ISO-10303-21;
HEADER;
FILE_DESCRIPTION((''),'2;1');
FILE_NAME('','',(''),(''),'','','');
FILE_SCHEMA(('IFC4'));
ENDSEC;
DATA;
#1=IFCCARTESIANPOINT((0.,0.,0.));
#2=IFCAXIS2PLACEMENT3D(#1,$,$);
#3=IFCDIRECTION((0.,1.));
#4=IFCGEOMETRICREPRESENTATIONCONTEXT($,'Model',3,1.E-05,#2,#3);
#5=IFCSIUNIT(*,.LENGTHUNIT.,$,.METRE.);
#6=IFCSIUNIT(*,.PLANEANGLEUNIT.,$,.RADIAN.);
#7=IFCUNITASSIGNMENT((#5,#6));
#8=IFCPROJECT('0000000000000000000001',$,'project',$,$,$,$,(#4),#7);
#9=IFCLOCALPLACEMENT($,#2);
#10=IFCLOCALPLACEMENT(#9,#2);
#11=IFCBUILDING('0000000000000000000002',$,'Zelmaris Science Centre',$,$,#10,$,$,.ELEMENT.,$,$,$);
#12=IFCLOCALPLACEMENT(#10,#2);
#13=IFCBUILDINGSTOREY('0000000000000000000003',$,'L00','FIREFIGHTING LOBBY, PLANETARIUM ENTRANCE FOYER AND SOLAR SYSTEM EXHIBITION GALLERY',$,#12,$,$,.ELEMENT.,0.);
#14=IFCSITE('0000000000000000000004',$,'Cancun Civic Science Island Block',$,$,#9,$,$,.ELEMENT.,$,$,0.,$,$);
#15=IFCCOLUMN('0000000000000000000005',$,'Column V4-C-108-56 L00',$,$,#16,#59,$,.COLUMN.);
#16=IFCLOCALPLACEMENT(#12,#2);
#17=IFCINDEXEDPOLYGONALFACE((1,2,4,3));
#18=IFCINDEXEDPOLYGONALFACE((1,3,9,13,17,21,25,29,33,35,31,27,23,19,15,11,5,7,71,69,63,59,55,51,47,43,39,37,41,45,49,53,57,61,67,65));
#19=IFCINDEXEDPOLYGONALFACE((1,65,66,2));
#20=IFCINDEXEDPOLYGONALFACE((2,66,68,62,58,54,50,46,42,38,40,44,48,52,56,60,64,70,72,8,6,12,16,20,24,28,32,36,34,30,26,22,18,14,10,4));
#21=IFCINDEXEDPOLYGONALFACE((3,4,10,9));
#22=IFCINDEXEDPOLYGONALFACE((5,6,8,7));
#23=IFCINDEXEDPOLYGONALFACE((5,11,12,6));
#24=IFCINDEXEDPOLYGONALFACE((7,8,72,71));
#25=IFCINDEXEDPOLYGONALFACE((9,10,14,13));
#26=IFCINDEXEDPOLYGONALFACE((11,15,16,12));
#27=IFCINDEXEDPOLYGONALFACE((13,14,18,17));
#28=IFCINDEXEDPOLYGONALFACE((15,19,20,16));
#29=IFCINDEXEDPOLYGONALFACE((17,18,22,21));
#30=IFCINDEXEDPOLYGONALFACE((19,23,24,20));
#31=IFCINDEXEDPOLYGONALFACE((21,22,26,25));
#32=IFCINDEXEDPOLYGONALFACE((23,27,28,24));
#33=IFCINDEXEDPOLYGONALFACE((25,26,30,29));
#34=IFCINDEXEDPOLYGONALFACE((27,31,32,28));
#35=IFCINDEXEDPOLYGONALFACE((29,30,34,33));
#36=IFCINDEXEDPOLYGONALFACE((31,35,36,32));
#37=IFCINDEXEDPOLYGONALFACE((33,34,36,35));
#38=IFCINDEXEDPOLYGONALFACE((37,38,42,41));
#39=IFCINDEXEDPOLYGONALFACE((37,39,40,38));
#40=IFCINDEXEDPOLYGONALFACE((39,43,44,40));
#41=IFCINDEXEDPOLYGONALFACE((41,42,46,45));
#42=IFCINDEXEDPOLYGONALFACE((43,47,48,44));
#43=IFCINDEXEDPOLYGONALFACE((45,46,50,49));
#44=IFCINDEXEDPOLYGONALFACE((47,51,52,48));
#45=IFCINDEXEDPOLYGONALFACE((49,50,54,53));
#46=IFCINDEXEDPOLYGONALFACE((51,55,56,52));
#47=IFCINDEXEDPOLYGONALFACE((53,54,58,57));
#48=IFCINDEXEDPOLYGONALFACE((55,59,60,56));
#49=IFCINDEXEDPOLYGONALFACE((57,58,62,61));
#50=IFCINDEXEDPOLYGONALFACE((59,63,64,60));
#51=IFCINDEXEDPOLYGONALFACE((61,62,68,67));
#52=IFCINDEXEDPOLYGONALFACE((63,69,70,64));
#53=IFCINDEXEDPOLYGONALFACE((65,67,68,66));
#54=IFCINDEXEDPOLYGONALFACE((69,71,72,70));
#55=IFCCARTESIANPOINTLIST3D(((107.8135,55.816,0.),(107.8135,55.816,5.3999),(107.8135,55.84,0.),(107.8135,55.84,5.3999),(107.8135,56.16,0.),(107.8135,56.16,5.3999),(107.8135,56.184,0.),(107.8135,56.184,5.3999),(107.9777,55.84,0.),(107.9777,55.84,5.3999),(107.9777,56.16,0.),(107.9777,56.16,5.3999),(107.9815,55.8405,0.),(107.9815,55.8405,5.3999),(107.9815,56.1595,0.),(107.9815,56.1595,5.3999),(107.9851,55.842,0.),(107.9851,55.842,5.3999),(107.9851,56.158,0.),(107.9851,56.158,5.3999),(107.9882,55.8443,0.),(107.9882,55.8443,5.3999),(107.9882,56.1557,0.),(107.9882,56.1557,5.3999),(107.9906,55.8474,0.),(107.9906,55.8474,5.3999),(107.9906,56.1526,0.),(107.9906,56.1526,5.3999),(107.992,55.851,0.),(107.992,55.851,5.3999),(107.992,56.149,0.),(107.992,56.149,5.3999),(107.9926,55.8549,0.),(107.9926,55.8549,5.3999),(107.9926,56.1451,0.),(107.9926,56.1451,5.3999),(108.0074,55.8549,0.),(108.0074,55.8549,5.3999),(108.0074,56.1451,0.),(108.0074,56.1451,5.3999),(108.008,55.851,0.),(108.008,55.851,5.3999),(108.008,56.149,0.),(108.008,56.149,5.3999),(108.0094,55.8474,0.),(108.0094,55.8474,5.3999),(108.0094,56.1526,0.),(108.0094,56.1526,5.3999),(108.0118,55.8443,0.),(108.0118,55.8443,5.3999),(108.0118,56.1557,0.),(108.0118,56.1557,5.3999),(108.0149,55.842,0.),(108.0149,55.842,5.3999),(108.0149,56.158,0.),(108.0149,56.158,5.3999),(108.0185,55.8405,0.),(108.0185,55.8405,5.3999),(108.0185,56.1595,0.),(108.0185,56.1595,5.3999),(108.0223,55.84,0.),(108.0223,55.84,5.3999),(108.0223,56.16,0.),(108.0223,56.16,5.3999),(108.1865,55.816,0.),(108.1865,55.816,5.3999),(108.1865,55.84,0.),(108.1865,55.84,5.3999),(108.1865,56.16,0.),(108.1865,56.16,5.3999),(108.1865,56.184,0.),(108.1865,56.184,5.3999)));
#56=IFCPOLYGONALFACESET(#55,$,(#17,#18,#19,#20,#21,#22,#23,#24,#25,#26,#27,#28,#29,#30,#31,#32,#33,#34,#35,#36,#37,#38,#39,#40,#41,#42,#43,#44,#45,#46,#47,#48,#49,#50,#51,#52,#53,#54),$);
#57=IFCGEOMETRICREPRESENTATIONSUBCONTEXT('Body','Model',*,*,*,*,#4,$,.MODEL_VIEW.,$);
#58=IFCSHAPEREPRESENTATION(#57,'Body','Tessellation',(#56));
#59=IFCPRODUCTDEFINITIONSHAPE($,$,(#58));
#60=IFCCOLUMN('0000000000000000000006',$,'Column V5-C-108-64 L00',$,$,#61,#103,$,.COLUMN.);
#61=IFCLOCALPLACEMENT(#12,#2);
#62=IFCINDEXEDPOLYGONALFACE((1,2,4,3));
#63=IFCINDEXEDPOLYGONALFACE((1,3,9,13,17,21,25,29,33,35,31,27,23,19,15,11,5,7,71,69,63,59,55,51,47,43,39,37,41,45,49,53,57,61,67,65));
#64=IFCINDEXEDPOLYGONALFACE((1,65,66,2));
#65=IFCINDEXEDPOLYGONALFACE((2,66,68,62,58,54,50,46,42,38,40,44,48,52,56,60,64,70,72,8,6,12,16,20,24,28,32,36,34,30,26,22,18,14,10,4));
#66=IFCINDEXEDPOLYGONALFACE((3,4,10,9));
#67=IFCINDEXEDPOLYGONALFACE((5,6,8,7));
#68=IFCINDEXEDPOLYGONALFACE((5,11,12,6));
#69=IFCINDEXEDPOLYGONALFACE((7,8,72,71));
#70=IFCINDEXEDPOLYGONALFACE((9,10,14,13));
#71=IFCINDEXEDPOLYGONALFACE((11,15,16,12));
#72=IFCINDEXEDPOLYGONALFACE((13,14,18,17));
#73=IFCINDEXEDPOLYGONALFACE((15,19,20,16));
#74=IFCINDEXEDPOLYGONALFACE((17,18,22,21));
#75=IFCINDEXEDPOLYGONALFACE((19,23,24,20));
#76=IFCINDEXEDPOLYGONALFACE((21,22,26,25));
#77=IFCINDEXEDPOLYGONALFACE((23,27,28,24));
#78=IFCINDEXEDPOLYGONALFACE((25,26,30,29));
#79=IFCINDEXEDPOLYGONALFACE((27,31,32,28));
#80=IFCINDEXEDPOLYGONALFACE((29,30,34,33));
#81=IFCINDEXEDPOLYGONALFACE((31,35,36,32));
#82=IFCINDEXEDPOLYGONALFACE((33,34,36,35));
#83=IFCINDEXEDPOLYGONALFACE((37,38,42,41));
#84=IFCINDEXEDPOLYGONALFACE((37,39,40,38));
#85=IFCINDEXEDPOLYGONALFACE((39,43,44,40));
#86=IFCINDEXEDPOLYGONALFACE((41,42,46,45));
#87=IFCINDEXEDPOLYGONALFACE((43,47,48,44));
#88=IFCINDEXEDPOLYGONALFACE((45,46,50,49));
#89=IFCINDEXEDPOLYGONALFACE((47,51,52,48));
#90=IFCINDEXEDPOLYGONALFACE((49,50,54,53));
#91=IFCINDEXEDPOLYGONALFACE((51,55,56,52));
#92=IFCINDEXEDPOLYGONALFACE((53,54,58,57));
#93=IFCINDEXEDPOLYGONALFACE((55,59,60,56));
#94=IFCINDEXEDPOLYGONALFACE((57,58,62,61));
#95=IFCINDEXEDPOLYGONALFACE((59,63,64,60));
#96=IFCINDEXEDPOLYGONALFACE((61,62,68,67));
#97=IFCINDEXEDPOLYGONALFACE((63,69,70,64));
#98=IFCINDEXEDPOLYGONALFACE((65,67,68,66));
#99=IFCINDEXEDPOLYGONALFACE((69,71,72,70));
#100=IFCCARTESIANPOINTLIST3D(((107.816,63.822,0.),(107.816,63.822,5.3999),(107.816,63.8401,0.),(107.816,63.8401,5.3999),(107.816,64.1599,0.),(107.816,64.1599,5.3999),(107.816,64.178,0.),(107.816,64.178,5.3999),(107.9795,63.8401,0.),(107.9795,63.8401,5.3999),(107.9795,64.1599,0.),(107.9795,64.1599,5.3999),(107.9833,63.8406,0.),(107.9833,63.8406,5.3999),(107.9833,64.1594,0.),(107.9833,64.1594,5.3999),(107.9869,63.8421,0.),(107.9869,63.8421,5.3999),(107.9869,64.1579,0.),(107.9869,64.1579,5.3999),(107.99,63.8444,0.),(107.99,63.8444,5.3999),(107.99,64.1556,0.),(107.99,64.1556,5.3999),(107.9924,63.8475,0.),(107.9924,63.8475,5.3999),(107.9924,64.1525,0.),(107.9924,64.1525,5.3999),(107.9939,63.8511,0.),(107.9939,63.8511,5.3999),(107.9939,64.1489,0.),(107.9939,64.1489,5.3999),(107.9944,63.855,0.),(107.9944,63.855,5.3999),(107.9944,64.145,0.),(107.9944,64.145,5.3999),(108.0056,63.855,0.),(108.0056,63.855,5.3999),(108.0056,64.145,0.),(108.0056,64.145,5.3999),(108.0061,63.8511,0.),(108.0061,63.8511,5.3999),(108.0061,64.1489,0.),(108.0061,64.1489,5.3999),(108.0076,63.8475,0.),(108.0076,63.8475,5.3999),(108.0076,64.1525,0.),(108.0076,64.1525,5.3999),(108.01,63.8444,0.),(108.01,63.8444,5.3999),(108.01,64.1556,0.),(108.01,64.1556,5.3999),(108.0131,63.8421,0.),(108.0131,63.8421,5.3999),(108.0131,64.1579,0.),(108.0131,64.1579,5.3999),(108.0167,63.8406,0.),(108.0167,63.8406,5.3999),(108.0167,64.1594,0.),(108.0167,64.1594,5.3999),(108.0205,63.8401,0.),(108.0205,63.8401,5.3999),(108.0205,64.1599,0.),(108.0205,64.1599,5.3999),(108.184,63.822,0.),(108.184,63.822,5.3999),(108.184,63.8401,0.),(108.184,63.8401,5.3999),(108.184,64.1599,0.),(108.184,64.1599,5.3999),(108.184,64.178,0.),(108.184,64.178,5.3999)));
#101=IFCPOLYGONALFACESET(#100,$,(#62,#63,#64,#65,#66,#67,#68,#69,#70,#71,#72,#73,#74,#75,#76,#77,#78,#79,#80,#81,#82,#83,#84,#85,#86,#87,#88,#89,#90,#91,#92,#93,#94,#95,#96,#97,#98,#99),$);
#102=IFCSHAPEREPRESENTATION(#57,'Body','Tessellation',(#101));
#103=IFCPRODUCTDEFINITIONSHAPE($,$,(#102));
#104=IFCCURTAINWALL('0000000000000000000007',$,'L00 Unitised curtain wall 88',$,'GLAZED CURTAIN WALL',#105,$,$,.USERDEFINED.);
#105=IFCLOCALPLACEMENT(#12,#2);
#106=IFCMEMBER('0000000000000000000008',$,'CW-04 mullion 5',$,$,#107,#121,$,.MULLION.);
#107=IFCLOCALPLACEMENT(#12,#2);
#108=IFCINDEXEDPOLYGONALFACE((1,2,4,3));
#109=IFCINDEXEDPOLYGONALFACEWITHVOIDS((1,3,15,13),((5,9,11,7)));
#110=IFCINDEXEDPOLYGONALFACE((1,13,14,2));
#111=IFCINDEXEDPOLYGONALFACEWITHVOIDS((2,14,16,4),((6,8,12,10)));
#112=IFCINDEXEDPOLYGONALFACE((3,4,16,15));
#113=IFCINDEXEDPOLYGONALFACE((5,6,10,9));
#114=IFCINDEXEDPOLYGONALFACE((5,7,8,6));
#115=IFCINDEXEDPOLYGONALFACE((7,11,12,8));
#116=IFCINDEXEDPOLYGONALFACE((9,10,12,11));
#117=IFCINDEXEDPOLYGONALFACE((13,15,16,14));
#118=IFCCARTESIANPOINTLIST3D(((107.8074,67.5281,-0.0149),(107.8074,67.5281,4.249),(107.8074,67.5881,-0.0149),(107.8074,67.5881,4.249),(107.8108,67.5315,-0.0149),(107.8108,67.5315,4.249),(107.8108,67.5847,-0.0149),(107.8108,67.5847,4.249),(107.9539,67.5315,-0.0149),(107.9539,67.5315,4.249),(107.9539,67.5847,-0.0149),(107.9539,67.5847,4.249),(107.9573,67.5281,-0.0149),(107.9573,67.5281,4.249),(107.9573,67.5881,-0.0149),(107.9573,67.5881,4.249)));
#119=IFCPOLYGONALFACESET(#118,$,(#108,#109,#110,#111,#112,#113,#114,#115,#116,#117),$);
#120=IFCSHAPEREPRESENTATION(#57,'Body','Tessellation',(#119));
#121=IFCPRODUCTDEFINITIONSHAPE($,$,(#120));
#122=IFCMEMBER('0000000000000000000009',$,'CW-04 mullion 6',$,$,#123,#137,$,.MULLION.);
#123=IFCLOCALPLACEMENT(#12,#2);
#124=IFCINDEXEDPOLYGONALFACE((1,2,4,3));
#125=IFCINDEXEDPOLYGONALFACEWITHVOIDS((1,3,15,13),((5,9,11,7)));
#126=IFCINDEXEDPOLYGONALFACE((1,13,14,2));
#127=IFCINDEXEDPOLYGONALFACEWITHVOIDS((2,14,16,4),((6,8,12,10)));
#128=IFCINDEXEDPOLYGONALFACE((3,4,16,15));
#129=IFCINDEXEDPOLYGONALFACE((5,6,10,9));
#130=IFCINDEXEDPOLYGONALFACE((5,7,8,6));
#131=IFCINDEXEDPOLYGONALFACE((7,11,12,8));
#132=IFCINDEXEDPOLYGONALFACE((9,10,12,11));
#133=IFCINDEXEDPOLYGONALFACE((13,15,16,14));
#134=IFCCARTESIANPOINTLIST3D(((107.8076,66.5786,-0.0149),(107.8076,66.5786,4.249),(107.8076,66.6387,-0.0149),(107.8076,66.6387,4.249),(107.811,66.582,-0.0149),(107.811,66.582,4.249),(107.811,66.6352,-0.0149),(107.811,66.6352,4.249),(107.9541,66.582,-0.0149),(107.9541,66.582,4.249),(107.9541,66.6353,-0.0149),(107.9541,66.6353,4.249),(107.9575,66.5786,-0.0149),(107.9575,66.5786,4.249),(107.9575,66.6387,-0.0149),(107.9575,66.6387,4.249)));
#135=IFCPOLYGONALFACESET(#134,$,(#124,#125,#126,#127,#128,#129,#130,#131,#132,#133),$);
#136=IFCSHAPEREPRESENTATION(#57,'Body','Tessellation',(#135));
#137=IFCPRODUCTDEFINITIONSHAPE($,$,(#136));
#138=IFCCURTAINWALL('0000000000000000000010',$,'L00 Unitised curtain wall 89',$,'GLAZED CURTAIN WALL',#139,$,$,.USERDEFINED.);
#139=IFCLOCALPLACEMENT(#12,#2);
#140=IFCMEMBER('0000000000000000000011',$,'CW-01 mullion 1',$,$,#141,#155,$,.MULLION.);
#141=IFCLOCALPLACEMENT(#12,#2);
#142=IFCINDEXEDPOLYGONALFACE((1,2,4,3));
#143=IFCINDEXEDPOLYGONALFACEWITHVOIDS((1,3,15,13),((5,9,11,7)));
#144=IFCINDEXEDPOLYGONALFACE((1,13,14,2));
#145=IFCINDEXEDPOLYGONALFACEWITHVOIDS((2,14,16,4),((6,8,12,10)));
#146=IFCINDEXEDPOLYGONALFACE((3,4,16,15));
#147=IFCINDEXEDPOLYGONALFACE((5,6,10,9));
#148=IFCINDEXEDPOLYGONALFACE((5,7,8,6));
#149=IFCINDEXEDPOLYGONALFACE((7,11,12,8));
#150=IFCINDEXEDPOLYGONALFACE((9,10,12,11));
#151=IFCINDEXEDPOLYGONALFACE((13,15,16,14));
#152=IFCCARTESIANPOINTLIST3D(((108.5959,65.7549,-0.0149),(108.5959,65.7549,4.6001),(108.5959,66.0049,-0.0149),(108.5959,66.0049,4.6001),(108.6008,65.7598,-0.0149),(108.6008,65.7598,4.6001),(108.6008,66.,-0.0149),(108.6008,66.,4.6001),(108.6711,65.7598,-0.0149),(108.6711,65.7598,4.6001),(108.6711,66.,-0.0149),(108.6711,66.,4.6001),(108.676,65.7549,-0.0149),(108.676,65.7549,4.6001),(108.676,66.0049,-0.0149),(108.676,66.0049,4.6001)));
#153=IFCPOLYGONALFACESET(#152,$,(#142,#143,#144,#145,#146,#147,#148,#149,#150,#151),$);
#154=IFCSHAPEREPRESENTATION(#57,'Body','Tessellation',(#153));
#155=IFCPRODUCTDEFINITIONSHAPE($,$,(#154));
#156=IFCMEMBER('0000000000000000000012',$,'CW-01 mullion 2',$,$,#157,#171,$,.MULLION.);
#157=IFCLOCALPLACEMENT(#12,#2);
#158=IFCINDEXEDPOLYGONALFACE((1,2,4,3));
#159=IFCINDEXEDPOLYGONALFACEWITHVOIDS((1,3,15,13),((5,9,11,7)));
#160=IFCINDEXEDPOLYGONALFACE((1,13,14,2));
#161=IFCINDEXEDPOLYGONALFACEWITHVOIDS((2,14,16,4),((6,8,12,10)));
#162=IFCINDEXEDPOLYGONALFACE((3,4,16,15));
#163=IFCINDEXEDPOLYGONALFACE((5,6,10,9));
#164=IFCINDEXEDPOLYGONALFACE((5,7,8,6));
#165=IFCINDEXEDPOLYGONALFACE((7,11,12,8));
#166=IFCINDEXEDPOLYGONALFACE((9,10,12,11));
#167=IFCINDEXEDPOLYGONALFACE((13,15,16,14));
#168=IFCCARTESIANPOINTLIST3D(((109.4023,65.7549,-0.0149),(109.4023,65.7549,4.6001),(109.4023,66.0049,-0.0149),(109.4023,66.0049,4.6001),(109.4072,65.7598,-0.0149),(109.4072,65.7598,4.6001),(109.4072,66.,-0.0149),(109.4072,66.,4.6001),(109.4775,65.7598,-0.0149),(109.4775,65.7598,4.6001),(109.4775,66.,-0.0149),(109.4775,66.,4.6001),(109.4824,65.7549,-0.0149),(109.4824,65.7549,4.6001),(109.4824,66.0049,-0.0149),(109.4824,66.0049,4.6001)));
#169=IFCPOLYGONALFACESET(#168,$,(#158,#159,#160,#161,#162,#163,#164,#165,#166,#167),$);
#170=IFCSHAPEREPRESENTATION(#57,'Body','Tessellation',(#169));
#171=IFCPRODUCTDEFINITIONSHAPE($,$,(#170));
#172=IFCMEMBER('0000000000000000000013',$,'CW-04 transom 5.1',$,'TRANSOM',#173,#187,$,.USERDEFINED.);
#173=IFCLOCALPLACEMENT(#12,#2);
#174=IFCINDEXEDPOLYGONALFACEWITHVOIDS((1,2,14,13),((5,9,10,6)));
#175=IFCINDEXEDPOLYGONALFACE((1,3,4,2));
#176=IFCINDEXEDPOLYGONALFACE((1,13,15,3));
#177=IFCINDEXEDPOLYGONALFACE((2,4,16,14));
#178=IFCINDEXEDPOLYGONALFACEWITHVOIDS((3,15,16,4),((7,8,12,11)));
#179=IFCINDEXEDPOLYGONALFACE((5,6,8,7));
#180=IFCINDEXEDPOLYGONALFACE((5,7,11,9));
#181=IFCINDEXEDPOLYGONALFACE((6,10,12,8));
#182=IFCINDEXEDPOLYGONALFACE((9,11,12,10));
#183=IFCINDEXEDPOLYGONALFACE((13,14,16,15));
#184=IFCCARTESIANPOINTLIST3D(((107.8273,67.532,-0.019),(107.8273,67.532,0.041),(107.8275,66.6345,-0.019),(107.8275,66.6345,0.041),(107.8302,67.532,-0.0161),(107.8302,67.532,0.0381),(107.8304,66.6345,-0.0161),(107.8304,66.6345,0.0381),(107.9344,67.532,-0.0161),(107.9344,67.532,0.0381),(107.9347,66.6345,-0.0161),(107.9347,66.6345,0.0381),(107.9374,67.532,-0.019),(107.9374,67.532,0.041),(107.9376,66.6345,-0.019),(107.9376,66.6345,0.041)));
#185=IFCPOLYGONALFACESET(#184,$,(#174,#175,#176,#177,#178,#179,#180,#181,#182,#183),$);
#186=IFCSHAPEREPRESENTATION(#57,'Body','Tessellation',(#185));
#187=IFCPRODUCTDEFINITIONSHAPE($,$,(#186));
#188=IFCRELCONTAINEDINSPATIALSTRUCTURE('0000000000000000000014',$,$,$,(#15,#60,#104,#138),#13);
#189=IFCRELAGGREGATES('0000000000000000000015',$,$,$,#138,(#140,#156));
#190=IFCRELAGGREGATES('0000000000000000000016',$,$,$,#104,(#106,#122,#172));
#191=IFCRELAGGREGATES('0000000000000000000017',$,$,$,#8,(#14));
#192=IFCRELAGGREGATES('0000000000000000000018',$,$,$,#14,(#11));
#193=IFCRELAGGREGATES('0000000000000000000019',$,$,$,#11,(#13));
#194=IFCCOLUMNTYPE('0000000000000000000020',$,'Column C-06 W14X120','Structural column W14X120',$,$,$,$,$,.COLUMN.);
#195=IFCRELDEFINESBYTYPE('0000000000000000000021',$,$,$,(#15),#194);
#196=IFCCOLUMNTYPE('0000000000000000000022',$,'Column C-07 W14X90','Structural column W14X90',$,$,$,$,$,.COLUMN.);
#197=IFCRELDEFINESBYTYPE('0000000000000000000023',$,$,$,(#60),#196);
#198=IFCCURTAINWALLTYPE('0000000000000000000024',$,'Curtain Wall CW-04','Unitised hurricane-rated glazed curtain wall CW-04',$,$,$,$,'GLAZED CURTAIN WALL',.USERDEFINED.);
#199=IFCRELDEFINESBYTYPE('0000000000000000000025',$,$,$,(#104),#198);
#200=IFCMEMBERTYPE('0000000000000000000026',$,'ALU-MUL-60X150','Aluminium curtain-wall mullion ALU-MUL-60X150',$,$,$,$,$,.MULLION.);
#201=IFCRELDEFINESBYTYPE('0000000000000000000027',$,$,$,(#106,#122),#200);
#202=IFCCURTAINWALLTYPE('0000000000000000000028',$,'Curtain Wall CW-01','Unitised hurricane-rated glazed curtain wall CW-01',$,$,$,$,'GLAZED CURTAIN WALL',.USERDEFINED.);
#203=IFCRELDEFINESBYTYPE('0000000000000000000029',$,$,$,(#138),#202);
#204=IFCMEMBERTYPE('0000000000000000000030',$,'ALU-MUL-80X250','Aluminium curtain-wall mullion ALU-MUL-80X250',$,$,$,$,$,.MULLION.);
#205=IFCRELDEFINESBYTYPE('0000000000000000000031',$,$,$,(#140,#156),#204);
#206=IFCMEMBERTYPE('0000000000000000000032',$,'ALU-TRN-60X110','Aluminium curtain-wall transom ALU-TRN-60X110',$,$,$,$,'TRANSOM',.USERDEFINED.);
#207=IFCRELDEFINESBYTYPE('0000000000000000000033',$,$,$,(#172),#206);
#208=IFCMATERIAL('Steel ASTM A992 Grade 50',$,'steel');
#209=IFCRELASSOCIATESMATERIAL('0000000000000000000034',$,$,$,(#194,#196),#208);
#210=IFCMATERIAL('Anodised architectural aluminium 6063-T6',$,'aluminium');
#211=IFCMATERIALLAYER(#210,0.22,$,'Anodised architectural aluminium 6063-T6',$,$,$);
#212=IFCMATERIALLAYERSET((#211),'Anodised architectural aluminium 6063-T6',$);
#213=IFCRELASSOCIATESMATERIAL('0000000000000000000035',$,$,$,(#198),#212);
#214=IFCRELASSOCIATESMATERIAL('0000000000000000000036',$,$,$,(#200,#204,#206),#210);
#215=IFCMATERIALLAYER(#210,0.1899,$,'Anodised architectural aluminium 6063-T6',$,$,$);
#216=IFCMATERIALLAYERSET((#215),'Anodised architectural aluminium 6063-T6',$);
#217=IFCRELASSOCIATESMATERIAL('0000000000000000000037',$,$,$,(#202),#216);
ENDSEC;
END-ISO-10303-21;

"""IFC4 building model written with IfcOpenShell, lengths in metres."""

from ifc_helpers import new_model, si_unit, direction, frame, origin, origin_2d, place, context, subcontext, project, spatial, hollow_rectangle, i_section, extrude, material, layer, layer_set, material_profile, profile_set, type_object, element, aggregate, save


model = new_model("IFC4")

# Units and contexts
model_context = context("Model", 3, precision=1e-05, world=origin(), true_north=direction((0.0, 1.0)))
body_context = subcontext(model_context, "Body", "Model", "MODEL_VIEW")
ifc_project = project(units=[si_unit("LENGTHUNIT", "METRE"), si_unit("PLANEANGLEUNIT", "RADIAN")], contexts=[model_context])

# Site, building, storey
site_placement = place(None, origin())
site = spatial("IfcSite", under=ifc_project, at=site_placement, Name="Cancun Civic Science Island Block", CompositionType="ELEMENT", RefElevation=0.0)
building_placement = place(site_placement, origin())
building = spatial("IfcBuilding", under=site, at=building_placement, Name="Zelmaris Science Centre", CompositionType="ELEMENT")
storey_placement = place(building_placement, origin())
storey = spatial("IfcBuildingStorey", under=building, at=storey_placement, Name="L00", Description="FIREFIGHTING LOBBY, PLANETARIUM ENTRANCE FOYER AND SOLAR SYSTEM EXHIBITION GALLERY", CompositionType="ELEMENT", Elevation=0.0)

# Columns
ifc_material_1 = material(Name="Steel ASTM A992 Grade 50", Category="steel")
ifc_material_profile_1 = material_profile(ifc_material_1, i_section(OverallWidth=0.373, OverallDepth=0.3679, WebThickness=0.0149, FlangeThickness=0.0239, FilletRadius=0.0149, at=origin_2d()), Name="W14X120")
ifc_profile_set_1 = profile_set([ifc_material_profile_1], Name="Steel ASTM A992 Grade 50")
column_type_1 = type_object("IfcColumnType", Name="Column C-06 W14X120", Description="Structural column W14X120", PredefinedType="COLUMN", material=ifc_profile_set_1)
column_1_placement = place(storey_placement, frame((108.0, 56.0, 0.0), z_axis=(0.0, 0.0, 1.0), x_axis=(1.0, 0.0, 0.0)))
element("IfcColumn", 1, at=column_1_placement, inside=storey, type_object=column_type_1, Name="Column V4-C-108-56 L00", PredefinedType="COLUMN", context=body_context, shape_type="SweptSolid", body=[
    extrude(i_section(OverallWidth=0.373, OverallDepth=0.3679, WebThickness=0.0149, FlangeThickness=0.0239, FilletRadius=0.0149, at=origin_2d()), origin(), (0.0, 0.0, 1.0), 5.3999),
])
ifc_material_profile_2 = material_profile(ifc_material_1, i_section(OverallWidth=0.3679, OverallDepth=0.356, WebThickness=0.0112, FlangeThickness=0.0181, FilletRadius=0.0149, at=origin_2d()), Name="W14X90")
ifc_profile_set_2 = profile_set([ifc_material_profile_2], Name="Steel ASTM A992 Grade 50")
column_type_2 = type_object("IfcColumnType", Name="Column C-07 W14X90", Description="Structural column W14X90", PredefinedType="COLUMN", material=ifc_profile_set_2)
column_2_placement = place(storey_placement, frame((108.0, 64.0, 0.0), z_axis=(0.0, 0.0, 1.0), x_axis=(1.0, 0.0, 0.0)))
element("IfcColumn", 2, at=column_2_placement, inside=storey, type_object=column_type_2, Name="Column V5-C-108-64 L00", PredefinedType="COLUMN", context=body_context, shape_type="SweptSolid", body=[
    extrude(i_section(OverallWidth=0.3679, OverallDepth=0.356, WebThickness=0.0112, FlangeThickness=0.0181, FilletRadius=0.0149, at=origin_2d()), origin(), (0.0, 0.0, 1.0), 5.3999),
])

# Curtain walls, members
ifc_material_2 = material(Name="Anodised architectural aluminium 6063-T6", Category="aluminium")
ifc_layer_1 = layer(ifc_material_2, 0.22, Name="Anodised architectural aluminium 6063-T6")
ifc_layer_set_1 = layer_set([ifc_layer_1], Name="Anodised architectural aluminium 6063-T6")
curtain_wall_type_1 = type_object("IfcCurtainWallType", Name="Curtain Wall CW-04", Description="Unitised hurricane-rated glazed curtain wall CW-04", ElementType="GLAZED CURTAIN WALL", PredefinedType="USERDEFINED", material=ifc_layer_set_1)
curtain_wall_1_placement = place(storey_placement, origin())
curtain_wall_1 = element("IfcCurtainWall", 3, at=curtain_wall_1_placement, inside=storey, type_object=curtain_wall_type_1, Name="L00 Unitised curtain wall 88", ObjectType="GLAZED CURTAIN WALL", PredefinedType="USERDEFINED")
ifc_material_profile_3 = material_profile(ifc_material_2, hollow_rectangle(XDim=0.0601, YDim=0.1499, WallThickness=0.0034, at=origin_2d()), Name="ALU-MUL-60X150")
ifc_profile_set_3 = profile_set([ifc_material_profile_3], Name="Anodised architectural aluminium 6063-T6")
member_type_1 = type_object("IfcMemberType", Name="ALU-MUL-60X150", Description="Aluminium curtain-wall mullion ALU-MUL-60X150", PredefinedType="MULLION", material=ifc_profile_set_3)
member_1_placement = place(storey_placement, frame((107.8823, 67.5581, -0.0149), z_axis=(0.0, 0.0, 1.0), x_axis=(0.000129, -1.0, 0.0)))
member_1 = element("IfcMember", 4, at=member_1_placement, type_object=member_type_1, Name="CW-04 mullion 5", PredefinedType="MULLION", context=body_context, shape_type="SweptSolid", body=[
    extrude(hollow_rectangle(XDim=0.0601, YDim=0.1499, WallThickness=0.0034, at=origin_2d()), origin(), (0.0, 0.0, 1.0), 4.2639),
])
member_2_placement = place(storey_placement, frame((107.8826, 66.6086, -0.0149), z_axis=(0.0, 0.0, 1.0), x_axis=(0.000129, -1.0, 0.0)))
member_2 = element("IfcMember", 5, at=member_2_placement, type_object=member_type_1, Name="CW-04 mullion 6", PredefinedType="MULLION", context=body_context, shape_type="SweptSolid", body=[
    extrude(hollow_rectangle(XDim=0.0601, YDim=0.1499, WallThickness=0.0034, at=origin_2d()), origin(), (0.0, 0.0, 1.0), 4.2639),
])
ifc_layer_2 = layer(ifc_material_2, 0.1899, Name="Anodised architectural aluminium 6063-T6")
ifc_layer_set_2 = layer_set([ifc_layer_2], Name="Anodised architectural aluminium 6063-T6")
curtain_wall_type_2 = type_object("IfcCurtainWallType", Name="Curtain Wall CW-01", Description="Unitised hurricane-rated glazed curtain wall CW-01", ElementType="GLAZED CURTAIN WALL", PredefinedType="USERDEFINED", material=ifc_layer_set_2)
curtain_wall_2_placement = place(storey_placement, origin())
curtain_wall_2 = element("IfcCurtainWall", 6, at=curtain_wall_2_placement, inside=storey, type_object=curtain_wall_type_2, Name="L00 Unitised curtain wall 89", ObjectType="GLAZED CURTAIN WALL", PredefinedType="USERDEFINED")
ifc_material_profile_4 = material_profile(ifc_material_2, hollow_rectangle(XDim=0.0801, YDim=0.25, WallThickness=0.0049, at=origin_2d()), Name="ALU-MUL-80X250")
ifc_profile_set_4 = profile_set([ifc_material_profile_4], Name="Anodised architectural aluminium 6063-T6")
member_type_2 = type_object("IfcMemberType", Name="ALU-MUL-80X250", Description="Aluminium curtain-wall mullion ALU-MUL-80X250", PredefinedType="MULLION", material=ifc_profile_set_4)
member_3_placement = place(storey_placement, frame((108.636, 65.8799, -0.0149), z_axis=(0.0, 0.0, 1.0), x_axis=(1.0, -0.000009, 0.0)))
member_3 = element("IfcMember", 7, at=member_3_placement, type_object=member_type_2, Name="CW-01 mullion 1", PredefinedType="MULLION", context=body_context, shape_type="SweptSolid", body=[
    extrude(hollow_rectangle(XDim=0.0801, YDim=0.25, WallThickness=0.0049, at=origin_2d()), origin(), (0.0, 0.0, 1.0), 4.615),
])
member_4_placement = place(storey_placement, frame((109.4424, 65.8799, -0.0149), z_axis=(0.0, 0.0, 1.0), x_axis=(1.0, -0.000009, 0.0)))
member_4 = element("IfcMember", 8, at=member_4_placement, type_object=member_type_2, Name="CW-01 mullion 2", PredefinedType="MULLION", context=body_context, shape_type="SweptSolid", body=[
    extrude(hollow_rectangle(XDim=0.0801, YDim=0.25, WallThickness=0.0049, at=origin_2d()), origin(), (0.0, 0.0, 1.0), 4.615),
])

# Member
ifc_material_profile_5 = material_profile(ifc_material_2, hollow_rectangle(XDim=0.0601, YDim=0.1101, WallThickness=0.0029, at=origin_2d()), Name="ALU-TRN-60X110")
ifc_profile_set_5 = profile_set([ifc_material_profile_5], Name="Anodised architectural aluminium 6063-T6")
member_type_3 = type_object("IfcMemberType", Name="ALU-TRN-60X110", Description="Aluminium curtain-wall transom ALU-TRN-60X110", ElementType="TRANSOM", PredefinedType="USERDEFINED", material=ifc_profile_set_5)
member_5_placement = place(storey_placement, frame((107.8823, 67.532, 0.011), z_axis=(0.000272, -1.0, 0.0), x_axis=(0.0, 0.0, 1.0)))
member_5 = element("IfcMember", 9, at=member_5_placement, type_object=member_type_3, Name="CW-04 transom 5.1", ObjectType="TRANSOM", PredefinedType="USERDEFINED", context=body_context, shape_type="SweptSolid", body=[
    extrude(hollow_rectangle(XDim=0.0601, YDim=0.1101, WallThickness=0.0029, at=origin_2d()), origin(), (0.0, 0.0, 1.0), 0.8975),
])

aggregate(curtain_wall_2, [member_3, member_4])
aggregate(curtain_wall_1, [member_1, member_2, member_5])

save(model, "model.ifc")
